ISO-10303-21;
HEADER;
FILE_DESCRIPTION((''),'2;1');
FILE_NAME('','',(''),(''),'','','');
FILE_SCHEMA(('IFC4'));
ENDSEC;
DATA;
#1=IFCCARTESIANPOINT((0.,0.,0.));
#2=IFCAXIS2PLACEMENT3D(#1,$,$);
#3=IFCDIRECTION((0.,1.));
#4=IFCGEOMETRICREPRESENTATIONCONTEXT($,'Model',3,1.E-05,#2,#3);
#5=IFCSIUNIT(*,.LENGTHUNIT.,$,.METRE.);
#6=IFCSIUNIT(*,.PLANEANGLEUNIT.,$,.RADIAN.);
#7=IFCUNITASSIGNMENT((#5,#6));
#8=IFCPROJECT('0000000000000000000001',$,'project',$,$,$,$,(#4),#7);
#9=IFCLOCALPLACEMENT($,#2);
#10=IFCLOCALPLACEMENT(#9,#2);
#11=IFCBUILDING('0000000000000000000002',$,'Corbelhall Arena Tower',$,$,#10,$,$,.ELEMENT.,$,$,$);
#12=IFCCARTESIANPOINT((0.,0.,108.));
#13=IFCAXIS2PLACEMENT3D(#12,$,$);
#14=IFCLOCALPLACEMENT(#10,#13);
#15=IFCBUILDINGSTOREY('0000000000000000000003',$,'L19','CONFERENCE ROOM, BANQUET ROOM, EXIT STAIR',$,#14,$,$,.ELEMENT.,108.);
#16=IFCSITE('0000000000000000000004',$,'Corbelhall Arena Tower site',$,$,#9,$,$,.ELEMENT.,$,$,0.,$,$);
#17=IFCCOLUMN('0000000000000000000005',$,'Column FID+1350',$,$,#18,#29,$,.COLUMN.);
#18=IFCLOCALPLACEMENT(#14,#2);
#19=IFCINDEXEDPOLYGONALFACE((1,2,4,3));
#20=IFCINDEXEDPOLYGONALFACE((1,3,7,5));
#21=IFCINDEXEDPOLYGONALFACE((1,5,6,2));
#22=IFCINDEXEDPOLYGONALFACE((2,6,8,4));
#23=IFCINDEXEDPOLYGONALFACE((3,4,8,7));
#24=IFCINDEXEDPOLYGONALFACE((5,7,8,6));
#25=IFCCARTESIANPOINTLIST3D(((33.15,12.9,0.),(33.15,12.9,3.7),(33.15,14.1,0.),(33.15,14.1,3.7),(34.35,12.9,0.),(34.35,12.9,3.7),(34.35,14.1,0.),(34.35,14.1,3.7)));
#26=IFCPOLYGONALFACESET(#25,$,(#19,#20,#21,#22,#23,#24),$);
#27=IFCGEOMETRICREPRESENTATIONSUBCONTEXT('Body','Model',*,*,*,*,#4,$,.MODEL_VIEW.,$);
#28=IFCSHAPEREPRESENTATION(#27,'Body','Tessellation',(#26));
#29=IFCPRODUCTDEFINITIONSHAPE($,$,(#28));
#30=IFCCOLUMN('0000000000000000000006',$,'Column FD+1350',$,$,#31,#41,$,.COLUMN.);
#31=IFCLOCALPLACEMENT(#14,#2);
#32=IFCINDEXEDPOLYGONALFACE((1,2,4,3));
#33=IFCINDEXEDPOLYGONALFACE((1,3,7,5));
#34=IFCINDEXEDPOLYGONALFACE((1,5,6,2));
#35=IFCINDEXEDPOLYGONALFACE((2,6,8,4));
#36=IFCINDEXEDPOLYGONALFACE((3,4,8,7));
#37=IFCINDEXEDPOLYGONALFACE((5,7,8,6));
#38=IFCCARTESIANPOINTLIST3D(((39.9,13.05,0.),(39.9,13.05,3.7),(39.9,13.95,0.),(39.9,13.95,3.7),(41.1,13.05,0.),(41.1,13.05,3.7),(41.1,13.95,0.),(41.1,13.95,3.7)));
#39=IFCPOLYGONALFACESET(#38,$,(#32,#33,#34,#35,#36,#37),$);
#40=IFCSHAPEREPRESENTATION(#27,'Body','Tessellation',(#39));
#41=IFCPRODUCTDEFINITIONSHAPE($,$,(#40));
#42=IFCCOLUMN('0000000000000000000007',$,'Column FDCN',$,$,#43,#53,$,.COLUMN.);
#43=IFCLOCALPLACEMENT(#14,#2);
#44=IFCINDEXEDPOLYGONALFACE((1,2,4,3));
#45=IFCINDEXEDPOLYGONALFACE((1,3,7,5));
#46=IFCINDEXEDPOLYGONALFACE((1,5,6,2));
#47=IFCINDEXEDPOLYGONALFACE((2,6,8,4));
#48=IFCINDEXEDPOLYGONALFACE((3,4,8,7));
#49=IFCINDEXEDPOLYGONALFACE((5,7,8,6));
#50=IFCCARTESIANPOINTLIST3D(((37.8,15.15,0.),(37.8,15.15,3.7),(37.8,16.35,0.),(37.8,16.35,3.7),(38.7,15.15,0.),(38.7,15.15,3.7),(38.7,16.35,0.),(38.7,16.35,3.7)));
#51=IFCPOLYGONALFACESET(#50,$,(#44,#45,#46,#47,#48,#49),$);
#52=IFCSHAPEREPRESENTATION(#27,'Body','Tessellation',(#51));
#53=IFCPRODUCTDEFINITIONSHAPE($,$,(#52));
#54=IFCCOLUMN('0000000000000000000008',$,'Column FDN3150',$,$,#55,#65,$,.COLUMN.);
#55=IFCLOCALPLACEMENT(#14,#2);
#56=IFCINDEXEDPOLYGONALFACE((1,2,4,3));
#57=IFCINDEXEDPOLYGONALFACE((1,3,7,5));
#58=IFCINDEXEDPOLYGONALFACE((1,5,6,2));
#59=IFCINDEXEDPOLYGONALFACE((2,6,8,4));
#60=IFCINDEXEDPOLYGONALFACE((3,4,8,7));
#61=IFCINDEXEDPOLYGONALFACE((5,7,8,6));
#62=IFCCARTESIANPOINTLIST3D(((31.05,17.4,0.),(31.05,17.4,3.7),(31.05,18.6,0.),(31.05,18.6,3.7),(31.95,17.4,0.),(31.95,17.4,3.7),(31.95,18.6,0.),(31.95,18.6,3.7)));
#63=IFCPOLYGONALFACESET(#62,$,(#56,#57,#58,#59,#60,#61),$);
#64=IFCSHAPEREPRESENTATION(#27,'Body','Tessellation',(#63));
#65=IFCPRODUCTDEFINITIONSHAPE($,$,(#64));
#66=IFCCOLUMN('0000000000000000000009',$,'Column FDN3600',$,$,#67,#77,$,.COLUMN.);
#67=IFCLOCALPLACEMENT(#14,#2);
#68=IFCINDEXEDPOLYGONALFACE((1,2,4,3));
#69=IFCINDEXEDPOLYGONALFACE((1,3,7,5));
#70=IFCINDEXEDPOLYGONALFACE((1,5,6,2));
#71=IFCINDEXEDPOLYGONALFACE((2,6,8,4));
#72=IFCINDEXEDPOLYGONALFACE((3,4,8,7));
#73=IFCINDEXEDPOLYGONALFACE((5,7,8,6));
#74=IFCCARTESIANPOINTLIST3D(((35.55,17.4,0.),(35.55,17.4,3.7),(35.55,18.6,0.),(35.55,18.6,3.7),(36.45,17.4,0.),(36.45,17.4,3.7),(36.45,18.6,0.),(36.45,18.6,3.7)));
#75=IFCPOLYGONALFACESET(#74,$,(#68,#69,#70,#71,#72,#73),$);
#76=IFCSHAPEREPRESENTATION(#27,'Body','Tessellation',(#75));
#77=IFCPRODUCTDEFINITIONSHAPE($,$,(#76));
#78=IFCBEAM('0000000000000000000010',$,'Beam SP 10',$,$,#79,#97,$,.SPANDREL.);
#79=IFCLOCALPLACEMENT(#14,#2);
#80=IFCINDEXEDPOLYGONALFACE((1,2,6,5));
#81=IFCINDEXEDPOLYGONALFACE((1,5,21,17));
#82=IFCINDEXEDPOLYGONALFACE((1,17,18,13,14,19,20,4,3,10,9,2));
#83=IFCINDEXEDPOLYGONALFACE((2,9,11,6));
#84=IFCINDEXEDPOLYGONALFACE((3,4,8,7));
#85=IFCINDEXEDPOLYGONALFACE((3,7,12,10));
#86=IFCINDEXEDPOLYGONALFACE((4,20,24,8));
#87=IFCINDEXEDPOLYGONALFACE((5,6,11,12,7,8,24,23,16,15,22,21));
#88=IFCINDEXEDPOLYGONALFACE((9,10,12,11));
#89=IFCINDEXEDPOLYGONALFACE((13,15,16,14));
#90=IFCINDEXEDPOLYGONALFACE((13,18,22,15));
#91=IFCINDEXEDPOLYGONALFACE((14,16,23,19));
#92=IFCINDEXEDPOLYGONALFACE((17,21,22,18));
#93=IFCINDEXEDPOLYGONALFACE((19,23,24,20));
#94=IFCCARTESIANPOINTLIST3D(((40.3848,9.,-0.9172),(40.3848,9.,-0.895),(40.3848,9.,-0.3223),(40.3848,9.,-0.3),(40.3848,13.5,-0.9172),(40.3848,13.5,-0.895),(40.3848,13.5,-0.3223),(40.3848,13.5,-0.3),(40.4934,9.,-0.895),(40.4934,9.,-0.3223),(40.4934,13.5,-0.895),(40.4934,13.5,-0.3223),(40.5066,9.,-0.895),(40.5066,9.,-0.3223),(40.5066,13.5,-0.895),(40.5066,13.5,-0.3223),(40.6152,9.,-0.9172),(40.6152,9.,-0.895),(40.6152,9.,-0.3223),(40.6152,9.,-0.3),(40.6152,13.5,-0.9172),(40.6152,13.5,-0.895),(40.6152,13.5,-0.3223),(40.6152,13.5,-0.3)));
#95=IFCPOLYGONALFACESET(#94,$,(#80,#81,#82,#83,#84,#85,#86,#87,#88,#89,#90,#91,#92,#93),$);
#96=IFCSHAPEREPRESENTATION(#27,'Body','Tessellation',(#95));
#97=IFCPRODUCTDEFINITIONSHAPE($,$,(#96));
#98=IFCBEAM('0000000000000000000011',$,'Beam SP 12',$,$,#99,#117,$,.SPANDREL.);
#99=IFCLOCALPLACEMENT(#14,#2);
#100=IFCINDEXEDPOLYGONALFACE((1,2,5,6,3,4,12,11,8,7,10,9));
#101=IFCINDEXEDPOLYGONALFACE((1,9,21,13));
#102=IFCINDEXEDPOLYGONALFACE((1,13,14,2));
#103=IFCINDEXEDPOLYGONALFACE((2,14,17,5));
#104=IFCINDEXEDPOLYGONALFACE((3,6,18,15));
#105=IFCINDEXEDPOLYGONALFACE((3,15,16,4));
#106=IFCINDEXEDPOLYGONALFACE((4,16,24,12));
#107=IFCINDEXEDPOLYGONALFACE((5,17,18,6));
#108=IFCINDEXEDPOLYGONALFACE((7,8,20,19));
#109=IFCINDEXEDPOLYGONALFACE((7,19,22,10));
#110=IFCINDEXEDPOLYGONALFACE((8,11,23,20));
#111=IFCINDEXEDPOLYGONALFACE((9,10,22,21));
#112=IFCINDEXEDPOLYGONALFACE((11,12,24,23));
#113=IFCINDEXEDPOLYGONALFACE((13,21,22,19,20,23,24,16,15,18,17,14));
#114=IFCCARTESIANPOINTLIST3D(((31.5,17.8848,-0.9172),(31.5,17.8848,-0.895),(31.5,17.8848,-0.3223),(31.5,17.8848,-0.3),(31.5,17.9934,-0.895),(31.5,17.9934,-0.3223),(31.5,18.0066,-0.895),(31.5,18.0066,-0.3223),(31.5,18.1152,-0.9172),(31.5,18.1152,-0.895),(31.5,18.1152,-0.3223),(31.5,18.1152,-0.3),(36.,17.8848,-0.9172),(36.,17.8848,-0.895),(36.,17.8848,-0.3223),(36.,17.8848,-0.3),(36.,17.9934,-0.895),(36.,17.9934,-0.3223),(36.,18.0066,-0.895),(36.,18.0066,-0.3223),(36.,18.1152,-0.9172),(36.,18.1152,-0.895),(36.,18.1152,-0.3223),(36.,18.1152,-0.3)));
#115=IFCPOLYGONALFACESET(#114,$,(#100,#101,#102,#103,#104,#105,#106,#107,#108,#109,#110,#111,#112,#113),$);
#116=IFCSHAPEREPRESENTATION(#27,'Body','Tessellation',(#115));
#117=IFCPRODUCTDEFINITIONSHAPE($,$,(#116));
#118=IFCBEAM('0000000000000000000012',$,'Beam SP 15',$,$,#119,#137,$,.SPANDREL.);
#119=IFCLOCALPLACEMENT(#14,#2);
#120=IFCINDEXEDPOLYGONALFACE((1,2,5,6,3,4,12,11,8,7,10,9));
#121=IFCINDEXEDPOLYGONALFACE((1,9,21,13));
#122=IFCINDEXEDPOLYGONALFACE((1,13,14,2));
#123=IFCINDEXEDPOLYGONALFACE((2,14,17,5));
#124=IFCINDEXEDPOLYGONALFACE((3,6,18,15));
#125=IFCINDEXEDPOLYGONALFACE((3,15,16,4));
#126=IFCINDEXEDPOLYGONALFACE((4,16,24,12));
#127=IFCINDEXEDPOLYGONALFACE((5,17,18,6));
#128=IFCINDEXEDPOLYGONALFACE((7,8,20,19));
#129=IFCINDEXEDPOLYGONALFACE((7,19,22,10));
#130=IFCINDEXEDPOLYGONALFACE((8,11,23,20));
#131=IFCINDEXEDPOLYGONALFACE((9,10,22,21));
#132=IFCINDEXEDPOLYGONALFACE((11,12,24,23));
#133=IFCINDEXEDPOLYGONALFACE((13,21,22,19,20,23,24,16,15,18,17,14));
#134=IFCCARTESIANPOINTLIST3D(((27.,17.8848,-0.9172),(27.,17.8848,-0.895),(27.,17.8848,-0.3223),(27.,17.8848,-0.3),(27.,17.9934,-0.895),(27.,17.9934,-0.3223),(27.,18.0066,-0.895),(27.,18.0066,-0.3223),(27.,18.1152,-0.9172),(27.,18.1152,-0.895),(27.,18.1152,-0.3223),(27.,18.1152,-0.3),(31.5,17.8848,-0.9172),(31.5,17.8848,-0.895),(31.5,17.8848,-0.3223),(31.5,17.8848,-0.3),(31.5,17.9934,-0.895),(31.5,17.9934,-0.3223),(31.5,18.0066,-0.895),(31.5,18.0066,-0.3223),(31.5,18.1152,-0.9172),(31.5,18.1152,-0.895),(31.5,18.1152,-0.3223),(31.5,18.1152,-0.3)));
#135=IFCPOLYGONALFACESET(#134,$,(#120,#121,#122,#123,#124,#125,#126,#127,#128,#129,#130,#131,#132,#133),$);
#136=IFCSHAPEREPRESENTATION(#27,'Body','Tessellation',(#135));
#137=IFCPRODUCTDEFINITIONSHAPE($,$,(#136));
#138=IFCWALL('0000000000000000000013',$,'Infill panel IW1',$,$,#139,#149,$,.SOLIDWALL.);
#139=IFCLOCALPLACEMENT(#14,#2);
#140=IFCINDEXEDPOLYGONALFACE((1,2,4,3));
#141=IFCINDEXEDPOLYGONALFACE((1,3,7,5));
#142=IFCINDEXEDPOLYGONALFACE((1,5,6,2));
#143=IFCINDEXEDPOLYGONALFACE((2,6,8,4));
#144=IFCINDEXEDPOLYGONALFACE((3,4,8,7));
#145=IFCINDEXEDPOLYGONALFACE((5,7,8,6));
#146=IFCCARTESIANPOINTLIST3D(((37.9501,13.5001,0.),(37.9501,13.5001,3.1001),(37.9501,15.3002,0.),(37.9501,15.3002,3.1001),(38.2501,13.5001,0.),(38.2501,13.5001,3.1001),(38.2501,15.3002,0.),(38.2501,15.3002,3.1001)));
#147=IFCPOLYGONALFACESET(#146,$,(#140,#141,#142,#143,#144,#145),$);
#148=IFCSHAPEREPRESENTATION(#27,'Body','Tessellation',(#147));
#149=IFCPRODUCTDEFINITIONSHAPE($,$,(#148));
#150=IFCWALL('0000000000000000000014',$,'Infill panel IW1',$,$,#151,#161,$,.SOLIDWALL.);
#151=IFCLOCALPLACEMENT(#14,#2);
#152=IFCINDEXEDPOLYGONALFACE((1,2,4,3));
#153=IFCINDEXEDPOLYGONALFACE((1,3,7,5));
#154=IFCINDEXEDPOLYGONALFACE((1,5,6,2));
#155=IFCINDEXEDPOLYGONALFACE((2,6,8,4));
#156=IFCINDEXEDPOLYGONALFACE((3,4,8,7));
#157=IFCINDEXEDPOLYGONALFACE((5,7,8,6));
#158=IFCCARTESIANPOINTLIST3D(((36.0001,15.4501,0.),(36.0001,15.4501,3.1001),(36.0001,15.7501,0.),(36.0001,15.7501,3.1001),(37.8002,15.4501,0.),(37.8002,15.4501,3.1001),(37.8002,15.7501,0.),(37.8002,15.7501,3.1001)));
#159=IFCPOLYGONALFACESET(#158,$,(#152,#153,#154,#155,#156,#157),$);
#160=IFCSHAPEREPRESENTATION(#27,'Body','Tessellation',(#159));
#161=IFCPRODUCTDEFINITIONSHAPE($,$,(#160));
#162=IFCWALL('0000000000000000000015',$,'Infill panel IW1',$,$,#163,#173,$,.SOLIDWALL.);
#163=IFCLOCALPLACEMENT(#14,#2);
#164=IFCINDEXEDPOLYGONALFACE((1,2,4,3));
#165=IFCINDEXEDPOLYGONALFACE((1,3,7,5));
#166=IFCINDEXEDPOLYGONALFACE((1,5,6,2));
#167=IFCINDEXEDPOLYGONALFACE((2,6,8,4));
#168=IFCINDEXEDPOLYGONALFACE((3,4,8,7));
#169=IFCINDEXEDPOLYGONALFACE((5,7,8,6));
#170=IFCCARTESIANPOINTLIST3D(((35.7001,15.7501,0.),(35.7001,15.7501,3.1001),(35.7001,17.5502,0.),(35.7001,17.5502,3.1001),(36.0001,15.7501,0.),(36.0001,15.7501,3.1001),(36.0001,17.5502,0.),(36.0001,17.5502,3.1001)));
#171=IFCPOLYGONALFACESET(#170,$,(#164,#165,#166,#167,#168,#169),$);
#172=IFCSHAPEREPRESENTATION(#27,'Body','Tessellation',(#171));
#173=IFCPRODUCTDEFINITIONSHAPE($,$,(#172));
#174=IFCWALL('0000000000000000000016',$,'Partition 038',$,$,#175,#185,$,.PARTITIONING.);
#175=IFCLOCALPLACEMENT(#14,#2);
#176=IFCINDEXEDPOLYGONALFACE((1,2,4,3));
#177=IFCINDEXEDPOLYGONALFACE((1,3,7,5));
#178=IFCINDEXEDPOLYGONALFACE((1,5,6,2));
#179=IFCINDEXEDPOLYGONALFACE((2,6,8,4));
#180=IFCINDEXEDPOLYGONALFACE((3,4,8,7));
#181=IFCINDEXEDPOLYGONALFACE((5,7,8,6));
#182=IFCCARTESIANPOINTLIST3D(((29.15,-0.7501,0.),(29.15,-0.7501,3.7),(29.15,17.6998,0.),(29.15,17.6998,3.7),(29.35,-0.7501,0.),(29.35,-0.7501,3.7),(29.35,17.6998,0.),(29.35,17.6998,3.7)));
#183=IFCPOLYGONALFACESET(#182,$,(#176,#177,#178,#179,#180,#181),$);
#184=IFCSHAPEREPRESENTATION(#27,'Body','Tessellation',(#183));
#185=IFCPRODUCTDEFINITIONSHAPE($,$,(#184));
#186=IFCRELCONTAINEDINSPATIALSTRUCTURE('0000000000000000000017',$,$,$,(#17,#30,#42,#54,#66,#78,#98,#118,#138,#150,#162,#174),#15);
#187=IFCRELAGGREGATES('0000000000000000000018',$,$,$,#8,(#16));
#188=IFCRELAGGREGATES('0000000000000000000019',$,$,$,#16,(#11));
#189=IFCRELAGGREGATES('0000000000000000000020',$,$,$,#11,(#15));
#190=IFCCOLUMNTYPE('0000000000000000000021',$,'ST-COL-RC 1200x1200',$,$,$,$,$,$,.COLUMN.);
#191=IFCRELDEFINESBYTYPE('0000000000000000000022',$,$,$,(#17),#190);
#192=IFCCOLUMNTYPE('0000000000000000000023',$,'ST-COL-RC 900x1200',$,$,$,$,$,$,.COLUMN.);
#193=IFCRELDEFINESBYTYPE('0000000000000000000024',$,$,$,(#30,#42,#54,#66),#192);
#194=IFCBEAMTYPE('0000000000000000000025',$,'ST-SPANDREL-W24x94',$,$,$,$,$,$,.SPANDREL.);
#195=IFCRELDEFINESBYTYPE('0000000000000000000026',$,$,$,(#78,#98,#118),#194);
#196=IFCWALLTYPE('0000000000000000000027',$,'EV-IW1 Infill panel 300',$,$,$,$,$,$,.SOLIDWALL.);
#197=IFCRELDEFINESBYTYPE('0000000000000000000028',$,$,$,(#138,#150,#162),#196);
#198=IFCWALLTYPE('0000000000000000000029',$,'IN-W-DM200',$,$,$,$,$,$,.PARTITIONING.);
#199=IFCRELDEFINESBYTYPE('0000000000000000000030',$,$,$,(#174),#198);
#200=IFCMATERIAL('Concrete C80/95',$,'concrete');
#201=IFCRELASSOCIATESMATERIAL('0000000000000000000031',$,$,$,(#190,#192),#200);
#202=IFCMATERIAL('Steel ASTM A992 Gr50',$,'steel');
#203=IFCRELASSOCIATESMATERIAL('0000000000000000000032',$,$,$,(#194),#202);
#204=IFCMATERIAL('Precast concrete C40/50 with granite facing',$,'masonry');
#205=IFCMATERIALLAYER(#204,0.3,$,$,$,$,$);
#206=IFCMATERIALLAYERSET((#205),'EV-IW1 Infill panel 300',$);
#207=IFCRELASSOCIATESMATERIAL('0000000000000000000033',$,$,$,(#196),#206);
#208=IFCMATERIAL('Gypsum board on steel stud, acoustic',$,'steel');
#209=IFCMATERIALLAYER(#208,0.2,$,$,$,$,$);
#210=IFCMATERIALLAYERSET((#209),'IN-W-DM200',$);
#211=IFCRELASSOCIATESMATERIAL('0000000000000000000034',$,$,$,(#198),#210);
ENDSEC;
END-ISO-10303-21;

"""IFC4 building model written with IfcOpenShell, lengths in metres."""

from ifc_helpers import new_model, si_unit, direction, frame, frame_2d, origin, origin_2d, place, context, subcontext, project, spatial, rectangle, i_section, extrude, material, layer, layer_set, material_profile, profile_set, type_object, element, save


model = new_model("IFC4")

# Units and contexts
model_context = context("Model", 3, precision=1e-05, world=origin(), true_north=direction((0.0, 1.0)))
body_context = subcontext(model_context, "Body", "Model", "MODEL_VIEW")
ifc_project = project(units=[si_unit("LENGTHUNIT", "METRE"), si_unit("PLANEANGLEUNIT", "RADIAN")], contexts=[model_context])

# Site, building, storey
site_placement = place(None, origin())
site = spatial("IfcSite", under=ifc_project, at=site_placement, Name="Corbelhall Arena Tower site", CompositionType="ELEMENT", RefElevation=0.0)
building_placement = place(site_placement, origin())
building = spatial("IfcBuilding", under=site, at=building_placement, Name="Corbelhall Arena Tower", CompositionType="ELEMENT")
storey_placement = place(building_placement, frame((0.0, 0.0, 108.0)))
storey = spatial("IfcBuildingStorey", under=building, at=storey_placement, Name="L19", Description="CONFERENCE ROOM, BANQUET ROOM, EXIT STAIR", CompositionType="ELEMENT", Elevation=108.0)

# Columns
ifc_material_1 = material(Name="Concrete C80/95", Category="concrete")
ifc_material_profile_1 = material_profile(ifc_material_1, rectangle(XDim=1.2, YDim=1.2, at=origin_2d()))
ifc_profile_set_1 = profile_set([ifc_material_profile_1], Name="Concrete C80/95")
column_type_1 = type_object("IfcColumnType", Name="ST-COL-RC 1200x1200", PredefinedType="COLUMN", material=ifc_profile_set_1)
column_placement = place(storey_placement, frame((33.75, 13.5, 0.0), z_axis=(0.0, 0.0, 1.0), x_axis=(1.0, 0.0, 0.0)))
element("IfcColumn", 1, at=column_placement, inside=storey, type_object=column_type_1, Name="Column FID+1350", PredefinedType="COLUMN", context=body_context, shape_type="SweptSolid", body=[
    extrude(rectangle(XDim=1.2, YDim=1.2, at=origin_2d()), origin(), (0.0, 0.0, 1.0), 3.7),
])
ifc_material_profile_2 = material_profile(ifc_material_1, rectangle(XDim=0.8999, YDim=1.2, at=origin_2d()))
ifc_profile_set_2 = profile_set([ifc_material_profile_2], Name="Concrete C80/95")
column_type_2 = type_object("IfcColumnType", Name="ST-COL-RC 900x1200", PredefinedType="COLUMN", material=ifc_profile_set_2)
for number, where, z_axis, x_axis, name in (
    (2, (40.5, 13.5, 0.0), (0.0, 0.0, 1.0), (0.0, 1.0, 0.0), "Column FD+1350"),
    (3, (38.25, 15.75, 0.0), (0.0, 0.0, 1.0), (1.0, 0.0, 0.0), "Column FDCN"),
    (4, (31.5, 18.0, 0.0), (0.0, 0.0, 1.0), (1.0, 0.0, 0.0), "Column FDN3150"),
    (5, (36.0, 18.0, 0.0), (0.0, 0.0, 1.0), (1.0, 0.0, 0.0), "Column FDN3600"),
):
    element("IfcColumn", number, at=place(storey_placement, frame(where, z_axis=z_axis, x_axis=x_axis)), inside=storey, type_object=column_type_2, Name=name, PredefinedType="COLUMN", context=body_context, shape_type="SweptSolid", body=[
        extrude(rectangle(XDim=0.8999, YDim=1.2, at=origin_2d()), origin(), (0.0, 0.0, 1.0), 3.7),
    ])

# Beams
ifc_material_2 = material(Name="Steel ASTM A992 Gr50", Category="steel")
ifc_material_profile_3 = material_profile(ifc_material_2, i_section(OverallWidth=0.2305, OverallDepth=0.6172, WebThickness=0.0132, FlangeThickness=0.0222, at=origin_2d()))
ifc_profile_set_3 = profile_set([ifc_material_profile_3], Name="Steel ASTM A992 Gr50")
beam_type = type_object("IfcBeamType", Name="ST-SPANDREL-W24x94", PredefinedType="SPANDREL", material=ifc_profile_set_3)
for number, where, z_axis, x_axis, name in (
    (6, (40.5, 13.5, -0.6086), (0.0, -1.0, 0.0), (1.0, 0.0, 0.0), "Beam SP 10"),
    (7, (31.5, 18.0, -0.6086), (1.0, 0.0, 0.0), (0.0, 1.0, 0.0), "Beam SP 12"),
    (8, (27.0, 18.0, -0.6086), (1.0, 0.0, 0.0), (0.0, 1.0, 0.0), "Beam SP 15"),
):
    element("IfcBeam", number, at=place(storey_placement, frame(where, z_axis=z_axis, x_axis=x_axis)), inside=storey, type_object=beam_type, Name=name, PredefinedType="SPANDREL", context=body_context, shape_type="SweptSolid", body=[
        extrude(i_section(OverallWidth=0.2305, OverallDepth=0.6172, WebThickness=0.0132, FlangeThickness=0.0222, at=origin_2d()), origin(), (0.0, 0.0, 1.0), 4.5),
    ])

# Walls
ifc_material_3 = material(Name="Precast concrete C40/50 with granite facing", Category="masonry")
ifc_layer_1 = layer(ifc_material_3, 0.3)
ifc_layer_set_1 = layer_set([ifc_layer_1], Name="EV-IW1 Infill panel 300")
wall_type_1 = type_object("IfcWallType", Name="EV-IW1 Infill panel 300", PredefinedType="SOLIDWALL", material=ifc_layer_set_1)
for number, where, z_axis, x_axis, name in (
    (9, (38.1001, 15.3, 0.0), (0.0, 0.0, 1.0), (0.0, -1.0, 0.0), "Infill panel IW1"),
    (10, (37.8, 15.6001, 0.0), (0.0, 0.0, 1.0), (-1.0, 0.0, 0.0), "Infill panel IW1"),
    (11, (35.8501, 17.55, 0.0), (0.0, 0.0, 1.0), (0.0, -1.0, 0.0), "Infill panel IW1"),
):
    element("IfcWall", number, at=place(storey_placement, frame(where, z_axis=z_axis, x_axis=x_axis)), inside=storey, type_object=wall_type_1, Name=name, PredefinedType="SOLIDWALL", context=body_context, shape_type="SweptSolid", body=[
        extrude(rectangle(XDim=1.8, YDim=0.3, at=frame_2d((0.8999, 0.0))), origin(), (0.0, 0.0, 1.0), 3.1001),
    ])

# Wall
ifc_material_4 = material(Name="Gypsum board on steel stud, acoustic", Category="steel")
ifc_layer_2 = layer(ifc_material_4, 0.2)
ifc_layer_set_2 = layer_set([ifc_layer_2], Name="IN-W-DM200")
wall_type_2 = type_object("IfcWallType", Name="IN-W-DM200", PredefinedType="PARTITIONING", material=ifc_layer_set_2)
wall_1_placement = place(storey_placement, frame((29.25, 17.7, 0.0), z_axis=(0.0, 0.0, 1.0), x_axis=(0.0, -1.0, 0.0)))
element("IfcWall", 12, at=wall_1_placement, inside=storey, type_object=wall_type_2, Name="Partition 038", PredefinedType="PARTITIONING", context=body_context, shape_type="SweptSolid", body=[
    extrude(rectangle(XDim=18.45, YDim=0.2, at=frame_2d((9.2251, 0.0))), origin(), (0.0, 0.0, 1.0), 3.7),
])

save(model, "model.ifc")
